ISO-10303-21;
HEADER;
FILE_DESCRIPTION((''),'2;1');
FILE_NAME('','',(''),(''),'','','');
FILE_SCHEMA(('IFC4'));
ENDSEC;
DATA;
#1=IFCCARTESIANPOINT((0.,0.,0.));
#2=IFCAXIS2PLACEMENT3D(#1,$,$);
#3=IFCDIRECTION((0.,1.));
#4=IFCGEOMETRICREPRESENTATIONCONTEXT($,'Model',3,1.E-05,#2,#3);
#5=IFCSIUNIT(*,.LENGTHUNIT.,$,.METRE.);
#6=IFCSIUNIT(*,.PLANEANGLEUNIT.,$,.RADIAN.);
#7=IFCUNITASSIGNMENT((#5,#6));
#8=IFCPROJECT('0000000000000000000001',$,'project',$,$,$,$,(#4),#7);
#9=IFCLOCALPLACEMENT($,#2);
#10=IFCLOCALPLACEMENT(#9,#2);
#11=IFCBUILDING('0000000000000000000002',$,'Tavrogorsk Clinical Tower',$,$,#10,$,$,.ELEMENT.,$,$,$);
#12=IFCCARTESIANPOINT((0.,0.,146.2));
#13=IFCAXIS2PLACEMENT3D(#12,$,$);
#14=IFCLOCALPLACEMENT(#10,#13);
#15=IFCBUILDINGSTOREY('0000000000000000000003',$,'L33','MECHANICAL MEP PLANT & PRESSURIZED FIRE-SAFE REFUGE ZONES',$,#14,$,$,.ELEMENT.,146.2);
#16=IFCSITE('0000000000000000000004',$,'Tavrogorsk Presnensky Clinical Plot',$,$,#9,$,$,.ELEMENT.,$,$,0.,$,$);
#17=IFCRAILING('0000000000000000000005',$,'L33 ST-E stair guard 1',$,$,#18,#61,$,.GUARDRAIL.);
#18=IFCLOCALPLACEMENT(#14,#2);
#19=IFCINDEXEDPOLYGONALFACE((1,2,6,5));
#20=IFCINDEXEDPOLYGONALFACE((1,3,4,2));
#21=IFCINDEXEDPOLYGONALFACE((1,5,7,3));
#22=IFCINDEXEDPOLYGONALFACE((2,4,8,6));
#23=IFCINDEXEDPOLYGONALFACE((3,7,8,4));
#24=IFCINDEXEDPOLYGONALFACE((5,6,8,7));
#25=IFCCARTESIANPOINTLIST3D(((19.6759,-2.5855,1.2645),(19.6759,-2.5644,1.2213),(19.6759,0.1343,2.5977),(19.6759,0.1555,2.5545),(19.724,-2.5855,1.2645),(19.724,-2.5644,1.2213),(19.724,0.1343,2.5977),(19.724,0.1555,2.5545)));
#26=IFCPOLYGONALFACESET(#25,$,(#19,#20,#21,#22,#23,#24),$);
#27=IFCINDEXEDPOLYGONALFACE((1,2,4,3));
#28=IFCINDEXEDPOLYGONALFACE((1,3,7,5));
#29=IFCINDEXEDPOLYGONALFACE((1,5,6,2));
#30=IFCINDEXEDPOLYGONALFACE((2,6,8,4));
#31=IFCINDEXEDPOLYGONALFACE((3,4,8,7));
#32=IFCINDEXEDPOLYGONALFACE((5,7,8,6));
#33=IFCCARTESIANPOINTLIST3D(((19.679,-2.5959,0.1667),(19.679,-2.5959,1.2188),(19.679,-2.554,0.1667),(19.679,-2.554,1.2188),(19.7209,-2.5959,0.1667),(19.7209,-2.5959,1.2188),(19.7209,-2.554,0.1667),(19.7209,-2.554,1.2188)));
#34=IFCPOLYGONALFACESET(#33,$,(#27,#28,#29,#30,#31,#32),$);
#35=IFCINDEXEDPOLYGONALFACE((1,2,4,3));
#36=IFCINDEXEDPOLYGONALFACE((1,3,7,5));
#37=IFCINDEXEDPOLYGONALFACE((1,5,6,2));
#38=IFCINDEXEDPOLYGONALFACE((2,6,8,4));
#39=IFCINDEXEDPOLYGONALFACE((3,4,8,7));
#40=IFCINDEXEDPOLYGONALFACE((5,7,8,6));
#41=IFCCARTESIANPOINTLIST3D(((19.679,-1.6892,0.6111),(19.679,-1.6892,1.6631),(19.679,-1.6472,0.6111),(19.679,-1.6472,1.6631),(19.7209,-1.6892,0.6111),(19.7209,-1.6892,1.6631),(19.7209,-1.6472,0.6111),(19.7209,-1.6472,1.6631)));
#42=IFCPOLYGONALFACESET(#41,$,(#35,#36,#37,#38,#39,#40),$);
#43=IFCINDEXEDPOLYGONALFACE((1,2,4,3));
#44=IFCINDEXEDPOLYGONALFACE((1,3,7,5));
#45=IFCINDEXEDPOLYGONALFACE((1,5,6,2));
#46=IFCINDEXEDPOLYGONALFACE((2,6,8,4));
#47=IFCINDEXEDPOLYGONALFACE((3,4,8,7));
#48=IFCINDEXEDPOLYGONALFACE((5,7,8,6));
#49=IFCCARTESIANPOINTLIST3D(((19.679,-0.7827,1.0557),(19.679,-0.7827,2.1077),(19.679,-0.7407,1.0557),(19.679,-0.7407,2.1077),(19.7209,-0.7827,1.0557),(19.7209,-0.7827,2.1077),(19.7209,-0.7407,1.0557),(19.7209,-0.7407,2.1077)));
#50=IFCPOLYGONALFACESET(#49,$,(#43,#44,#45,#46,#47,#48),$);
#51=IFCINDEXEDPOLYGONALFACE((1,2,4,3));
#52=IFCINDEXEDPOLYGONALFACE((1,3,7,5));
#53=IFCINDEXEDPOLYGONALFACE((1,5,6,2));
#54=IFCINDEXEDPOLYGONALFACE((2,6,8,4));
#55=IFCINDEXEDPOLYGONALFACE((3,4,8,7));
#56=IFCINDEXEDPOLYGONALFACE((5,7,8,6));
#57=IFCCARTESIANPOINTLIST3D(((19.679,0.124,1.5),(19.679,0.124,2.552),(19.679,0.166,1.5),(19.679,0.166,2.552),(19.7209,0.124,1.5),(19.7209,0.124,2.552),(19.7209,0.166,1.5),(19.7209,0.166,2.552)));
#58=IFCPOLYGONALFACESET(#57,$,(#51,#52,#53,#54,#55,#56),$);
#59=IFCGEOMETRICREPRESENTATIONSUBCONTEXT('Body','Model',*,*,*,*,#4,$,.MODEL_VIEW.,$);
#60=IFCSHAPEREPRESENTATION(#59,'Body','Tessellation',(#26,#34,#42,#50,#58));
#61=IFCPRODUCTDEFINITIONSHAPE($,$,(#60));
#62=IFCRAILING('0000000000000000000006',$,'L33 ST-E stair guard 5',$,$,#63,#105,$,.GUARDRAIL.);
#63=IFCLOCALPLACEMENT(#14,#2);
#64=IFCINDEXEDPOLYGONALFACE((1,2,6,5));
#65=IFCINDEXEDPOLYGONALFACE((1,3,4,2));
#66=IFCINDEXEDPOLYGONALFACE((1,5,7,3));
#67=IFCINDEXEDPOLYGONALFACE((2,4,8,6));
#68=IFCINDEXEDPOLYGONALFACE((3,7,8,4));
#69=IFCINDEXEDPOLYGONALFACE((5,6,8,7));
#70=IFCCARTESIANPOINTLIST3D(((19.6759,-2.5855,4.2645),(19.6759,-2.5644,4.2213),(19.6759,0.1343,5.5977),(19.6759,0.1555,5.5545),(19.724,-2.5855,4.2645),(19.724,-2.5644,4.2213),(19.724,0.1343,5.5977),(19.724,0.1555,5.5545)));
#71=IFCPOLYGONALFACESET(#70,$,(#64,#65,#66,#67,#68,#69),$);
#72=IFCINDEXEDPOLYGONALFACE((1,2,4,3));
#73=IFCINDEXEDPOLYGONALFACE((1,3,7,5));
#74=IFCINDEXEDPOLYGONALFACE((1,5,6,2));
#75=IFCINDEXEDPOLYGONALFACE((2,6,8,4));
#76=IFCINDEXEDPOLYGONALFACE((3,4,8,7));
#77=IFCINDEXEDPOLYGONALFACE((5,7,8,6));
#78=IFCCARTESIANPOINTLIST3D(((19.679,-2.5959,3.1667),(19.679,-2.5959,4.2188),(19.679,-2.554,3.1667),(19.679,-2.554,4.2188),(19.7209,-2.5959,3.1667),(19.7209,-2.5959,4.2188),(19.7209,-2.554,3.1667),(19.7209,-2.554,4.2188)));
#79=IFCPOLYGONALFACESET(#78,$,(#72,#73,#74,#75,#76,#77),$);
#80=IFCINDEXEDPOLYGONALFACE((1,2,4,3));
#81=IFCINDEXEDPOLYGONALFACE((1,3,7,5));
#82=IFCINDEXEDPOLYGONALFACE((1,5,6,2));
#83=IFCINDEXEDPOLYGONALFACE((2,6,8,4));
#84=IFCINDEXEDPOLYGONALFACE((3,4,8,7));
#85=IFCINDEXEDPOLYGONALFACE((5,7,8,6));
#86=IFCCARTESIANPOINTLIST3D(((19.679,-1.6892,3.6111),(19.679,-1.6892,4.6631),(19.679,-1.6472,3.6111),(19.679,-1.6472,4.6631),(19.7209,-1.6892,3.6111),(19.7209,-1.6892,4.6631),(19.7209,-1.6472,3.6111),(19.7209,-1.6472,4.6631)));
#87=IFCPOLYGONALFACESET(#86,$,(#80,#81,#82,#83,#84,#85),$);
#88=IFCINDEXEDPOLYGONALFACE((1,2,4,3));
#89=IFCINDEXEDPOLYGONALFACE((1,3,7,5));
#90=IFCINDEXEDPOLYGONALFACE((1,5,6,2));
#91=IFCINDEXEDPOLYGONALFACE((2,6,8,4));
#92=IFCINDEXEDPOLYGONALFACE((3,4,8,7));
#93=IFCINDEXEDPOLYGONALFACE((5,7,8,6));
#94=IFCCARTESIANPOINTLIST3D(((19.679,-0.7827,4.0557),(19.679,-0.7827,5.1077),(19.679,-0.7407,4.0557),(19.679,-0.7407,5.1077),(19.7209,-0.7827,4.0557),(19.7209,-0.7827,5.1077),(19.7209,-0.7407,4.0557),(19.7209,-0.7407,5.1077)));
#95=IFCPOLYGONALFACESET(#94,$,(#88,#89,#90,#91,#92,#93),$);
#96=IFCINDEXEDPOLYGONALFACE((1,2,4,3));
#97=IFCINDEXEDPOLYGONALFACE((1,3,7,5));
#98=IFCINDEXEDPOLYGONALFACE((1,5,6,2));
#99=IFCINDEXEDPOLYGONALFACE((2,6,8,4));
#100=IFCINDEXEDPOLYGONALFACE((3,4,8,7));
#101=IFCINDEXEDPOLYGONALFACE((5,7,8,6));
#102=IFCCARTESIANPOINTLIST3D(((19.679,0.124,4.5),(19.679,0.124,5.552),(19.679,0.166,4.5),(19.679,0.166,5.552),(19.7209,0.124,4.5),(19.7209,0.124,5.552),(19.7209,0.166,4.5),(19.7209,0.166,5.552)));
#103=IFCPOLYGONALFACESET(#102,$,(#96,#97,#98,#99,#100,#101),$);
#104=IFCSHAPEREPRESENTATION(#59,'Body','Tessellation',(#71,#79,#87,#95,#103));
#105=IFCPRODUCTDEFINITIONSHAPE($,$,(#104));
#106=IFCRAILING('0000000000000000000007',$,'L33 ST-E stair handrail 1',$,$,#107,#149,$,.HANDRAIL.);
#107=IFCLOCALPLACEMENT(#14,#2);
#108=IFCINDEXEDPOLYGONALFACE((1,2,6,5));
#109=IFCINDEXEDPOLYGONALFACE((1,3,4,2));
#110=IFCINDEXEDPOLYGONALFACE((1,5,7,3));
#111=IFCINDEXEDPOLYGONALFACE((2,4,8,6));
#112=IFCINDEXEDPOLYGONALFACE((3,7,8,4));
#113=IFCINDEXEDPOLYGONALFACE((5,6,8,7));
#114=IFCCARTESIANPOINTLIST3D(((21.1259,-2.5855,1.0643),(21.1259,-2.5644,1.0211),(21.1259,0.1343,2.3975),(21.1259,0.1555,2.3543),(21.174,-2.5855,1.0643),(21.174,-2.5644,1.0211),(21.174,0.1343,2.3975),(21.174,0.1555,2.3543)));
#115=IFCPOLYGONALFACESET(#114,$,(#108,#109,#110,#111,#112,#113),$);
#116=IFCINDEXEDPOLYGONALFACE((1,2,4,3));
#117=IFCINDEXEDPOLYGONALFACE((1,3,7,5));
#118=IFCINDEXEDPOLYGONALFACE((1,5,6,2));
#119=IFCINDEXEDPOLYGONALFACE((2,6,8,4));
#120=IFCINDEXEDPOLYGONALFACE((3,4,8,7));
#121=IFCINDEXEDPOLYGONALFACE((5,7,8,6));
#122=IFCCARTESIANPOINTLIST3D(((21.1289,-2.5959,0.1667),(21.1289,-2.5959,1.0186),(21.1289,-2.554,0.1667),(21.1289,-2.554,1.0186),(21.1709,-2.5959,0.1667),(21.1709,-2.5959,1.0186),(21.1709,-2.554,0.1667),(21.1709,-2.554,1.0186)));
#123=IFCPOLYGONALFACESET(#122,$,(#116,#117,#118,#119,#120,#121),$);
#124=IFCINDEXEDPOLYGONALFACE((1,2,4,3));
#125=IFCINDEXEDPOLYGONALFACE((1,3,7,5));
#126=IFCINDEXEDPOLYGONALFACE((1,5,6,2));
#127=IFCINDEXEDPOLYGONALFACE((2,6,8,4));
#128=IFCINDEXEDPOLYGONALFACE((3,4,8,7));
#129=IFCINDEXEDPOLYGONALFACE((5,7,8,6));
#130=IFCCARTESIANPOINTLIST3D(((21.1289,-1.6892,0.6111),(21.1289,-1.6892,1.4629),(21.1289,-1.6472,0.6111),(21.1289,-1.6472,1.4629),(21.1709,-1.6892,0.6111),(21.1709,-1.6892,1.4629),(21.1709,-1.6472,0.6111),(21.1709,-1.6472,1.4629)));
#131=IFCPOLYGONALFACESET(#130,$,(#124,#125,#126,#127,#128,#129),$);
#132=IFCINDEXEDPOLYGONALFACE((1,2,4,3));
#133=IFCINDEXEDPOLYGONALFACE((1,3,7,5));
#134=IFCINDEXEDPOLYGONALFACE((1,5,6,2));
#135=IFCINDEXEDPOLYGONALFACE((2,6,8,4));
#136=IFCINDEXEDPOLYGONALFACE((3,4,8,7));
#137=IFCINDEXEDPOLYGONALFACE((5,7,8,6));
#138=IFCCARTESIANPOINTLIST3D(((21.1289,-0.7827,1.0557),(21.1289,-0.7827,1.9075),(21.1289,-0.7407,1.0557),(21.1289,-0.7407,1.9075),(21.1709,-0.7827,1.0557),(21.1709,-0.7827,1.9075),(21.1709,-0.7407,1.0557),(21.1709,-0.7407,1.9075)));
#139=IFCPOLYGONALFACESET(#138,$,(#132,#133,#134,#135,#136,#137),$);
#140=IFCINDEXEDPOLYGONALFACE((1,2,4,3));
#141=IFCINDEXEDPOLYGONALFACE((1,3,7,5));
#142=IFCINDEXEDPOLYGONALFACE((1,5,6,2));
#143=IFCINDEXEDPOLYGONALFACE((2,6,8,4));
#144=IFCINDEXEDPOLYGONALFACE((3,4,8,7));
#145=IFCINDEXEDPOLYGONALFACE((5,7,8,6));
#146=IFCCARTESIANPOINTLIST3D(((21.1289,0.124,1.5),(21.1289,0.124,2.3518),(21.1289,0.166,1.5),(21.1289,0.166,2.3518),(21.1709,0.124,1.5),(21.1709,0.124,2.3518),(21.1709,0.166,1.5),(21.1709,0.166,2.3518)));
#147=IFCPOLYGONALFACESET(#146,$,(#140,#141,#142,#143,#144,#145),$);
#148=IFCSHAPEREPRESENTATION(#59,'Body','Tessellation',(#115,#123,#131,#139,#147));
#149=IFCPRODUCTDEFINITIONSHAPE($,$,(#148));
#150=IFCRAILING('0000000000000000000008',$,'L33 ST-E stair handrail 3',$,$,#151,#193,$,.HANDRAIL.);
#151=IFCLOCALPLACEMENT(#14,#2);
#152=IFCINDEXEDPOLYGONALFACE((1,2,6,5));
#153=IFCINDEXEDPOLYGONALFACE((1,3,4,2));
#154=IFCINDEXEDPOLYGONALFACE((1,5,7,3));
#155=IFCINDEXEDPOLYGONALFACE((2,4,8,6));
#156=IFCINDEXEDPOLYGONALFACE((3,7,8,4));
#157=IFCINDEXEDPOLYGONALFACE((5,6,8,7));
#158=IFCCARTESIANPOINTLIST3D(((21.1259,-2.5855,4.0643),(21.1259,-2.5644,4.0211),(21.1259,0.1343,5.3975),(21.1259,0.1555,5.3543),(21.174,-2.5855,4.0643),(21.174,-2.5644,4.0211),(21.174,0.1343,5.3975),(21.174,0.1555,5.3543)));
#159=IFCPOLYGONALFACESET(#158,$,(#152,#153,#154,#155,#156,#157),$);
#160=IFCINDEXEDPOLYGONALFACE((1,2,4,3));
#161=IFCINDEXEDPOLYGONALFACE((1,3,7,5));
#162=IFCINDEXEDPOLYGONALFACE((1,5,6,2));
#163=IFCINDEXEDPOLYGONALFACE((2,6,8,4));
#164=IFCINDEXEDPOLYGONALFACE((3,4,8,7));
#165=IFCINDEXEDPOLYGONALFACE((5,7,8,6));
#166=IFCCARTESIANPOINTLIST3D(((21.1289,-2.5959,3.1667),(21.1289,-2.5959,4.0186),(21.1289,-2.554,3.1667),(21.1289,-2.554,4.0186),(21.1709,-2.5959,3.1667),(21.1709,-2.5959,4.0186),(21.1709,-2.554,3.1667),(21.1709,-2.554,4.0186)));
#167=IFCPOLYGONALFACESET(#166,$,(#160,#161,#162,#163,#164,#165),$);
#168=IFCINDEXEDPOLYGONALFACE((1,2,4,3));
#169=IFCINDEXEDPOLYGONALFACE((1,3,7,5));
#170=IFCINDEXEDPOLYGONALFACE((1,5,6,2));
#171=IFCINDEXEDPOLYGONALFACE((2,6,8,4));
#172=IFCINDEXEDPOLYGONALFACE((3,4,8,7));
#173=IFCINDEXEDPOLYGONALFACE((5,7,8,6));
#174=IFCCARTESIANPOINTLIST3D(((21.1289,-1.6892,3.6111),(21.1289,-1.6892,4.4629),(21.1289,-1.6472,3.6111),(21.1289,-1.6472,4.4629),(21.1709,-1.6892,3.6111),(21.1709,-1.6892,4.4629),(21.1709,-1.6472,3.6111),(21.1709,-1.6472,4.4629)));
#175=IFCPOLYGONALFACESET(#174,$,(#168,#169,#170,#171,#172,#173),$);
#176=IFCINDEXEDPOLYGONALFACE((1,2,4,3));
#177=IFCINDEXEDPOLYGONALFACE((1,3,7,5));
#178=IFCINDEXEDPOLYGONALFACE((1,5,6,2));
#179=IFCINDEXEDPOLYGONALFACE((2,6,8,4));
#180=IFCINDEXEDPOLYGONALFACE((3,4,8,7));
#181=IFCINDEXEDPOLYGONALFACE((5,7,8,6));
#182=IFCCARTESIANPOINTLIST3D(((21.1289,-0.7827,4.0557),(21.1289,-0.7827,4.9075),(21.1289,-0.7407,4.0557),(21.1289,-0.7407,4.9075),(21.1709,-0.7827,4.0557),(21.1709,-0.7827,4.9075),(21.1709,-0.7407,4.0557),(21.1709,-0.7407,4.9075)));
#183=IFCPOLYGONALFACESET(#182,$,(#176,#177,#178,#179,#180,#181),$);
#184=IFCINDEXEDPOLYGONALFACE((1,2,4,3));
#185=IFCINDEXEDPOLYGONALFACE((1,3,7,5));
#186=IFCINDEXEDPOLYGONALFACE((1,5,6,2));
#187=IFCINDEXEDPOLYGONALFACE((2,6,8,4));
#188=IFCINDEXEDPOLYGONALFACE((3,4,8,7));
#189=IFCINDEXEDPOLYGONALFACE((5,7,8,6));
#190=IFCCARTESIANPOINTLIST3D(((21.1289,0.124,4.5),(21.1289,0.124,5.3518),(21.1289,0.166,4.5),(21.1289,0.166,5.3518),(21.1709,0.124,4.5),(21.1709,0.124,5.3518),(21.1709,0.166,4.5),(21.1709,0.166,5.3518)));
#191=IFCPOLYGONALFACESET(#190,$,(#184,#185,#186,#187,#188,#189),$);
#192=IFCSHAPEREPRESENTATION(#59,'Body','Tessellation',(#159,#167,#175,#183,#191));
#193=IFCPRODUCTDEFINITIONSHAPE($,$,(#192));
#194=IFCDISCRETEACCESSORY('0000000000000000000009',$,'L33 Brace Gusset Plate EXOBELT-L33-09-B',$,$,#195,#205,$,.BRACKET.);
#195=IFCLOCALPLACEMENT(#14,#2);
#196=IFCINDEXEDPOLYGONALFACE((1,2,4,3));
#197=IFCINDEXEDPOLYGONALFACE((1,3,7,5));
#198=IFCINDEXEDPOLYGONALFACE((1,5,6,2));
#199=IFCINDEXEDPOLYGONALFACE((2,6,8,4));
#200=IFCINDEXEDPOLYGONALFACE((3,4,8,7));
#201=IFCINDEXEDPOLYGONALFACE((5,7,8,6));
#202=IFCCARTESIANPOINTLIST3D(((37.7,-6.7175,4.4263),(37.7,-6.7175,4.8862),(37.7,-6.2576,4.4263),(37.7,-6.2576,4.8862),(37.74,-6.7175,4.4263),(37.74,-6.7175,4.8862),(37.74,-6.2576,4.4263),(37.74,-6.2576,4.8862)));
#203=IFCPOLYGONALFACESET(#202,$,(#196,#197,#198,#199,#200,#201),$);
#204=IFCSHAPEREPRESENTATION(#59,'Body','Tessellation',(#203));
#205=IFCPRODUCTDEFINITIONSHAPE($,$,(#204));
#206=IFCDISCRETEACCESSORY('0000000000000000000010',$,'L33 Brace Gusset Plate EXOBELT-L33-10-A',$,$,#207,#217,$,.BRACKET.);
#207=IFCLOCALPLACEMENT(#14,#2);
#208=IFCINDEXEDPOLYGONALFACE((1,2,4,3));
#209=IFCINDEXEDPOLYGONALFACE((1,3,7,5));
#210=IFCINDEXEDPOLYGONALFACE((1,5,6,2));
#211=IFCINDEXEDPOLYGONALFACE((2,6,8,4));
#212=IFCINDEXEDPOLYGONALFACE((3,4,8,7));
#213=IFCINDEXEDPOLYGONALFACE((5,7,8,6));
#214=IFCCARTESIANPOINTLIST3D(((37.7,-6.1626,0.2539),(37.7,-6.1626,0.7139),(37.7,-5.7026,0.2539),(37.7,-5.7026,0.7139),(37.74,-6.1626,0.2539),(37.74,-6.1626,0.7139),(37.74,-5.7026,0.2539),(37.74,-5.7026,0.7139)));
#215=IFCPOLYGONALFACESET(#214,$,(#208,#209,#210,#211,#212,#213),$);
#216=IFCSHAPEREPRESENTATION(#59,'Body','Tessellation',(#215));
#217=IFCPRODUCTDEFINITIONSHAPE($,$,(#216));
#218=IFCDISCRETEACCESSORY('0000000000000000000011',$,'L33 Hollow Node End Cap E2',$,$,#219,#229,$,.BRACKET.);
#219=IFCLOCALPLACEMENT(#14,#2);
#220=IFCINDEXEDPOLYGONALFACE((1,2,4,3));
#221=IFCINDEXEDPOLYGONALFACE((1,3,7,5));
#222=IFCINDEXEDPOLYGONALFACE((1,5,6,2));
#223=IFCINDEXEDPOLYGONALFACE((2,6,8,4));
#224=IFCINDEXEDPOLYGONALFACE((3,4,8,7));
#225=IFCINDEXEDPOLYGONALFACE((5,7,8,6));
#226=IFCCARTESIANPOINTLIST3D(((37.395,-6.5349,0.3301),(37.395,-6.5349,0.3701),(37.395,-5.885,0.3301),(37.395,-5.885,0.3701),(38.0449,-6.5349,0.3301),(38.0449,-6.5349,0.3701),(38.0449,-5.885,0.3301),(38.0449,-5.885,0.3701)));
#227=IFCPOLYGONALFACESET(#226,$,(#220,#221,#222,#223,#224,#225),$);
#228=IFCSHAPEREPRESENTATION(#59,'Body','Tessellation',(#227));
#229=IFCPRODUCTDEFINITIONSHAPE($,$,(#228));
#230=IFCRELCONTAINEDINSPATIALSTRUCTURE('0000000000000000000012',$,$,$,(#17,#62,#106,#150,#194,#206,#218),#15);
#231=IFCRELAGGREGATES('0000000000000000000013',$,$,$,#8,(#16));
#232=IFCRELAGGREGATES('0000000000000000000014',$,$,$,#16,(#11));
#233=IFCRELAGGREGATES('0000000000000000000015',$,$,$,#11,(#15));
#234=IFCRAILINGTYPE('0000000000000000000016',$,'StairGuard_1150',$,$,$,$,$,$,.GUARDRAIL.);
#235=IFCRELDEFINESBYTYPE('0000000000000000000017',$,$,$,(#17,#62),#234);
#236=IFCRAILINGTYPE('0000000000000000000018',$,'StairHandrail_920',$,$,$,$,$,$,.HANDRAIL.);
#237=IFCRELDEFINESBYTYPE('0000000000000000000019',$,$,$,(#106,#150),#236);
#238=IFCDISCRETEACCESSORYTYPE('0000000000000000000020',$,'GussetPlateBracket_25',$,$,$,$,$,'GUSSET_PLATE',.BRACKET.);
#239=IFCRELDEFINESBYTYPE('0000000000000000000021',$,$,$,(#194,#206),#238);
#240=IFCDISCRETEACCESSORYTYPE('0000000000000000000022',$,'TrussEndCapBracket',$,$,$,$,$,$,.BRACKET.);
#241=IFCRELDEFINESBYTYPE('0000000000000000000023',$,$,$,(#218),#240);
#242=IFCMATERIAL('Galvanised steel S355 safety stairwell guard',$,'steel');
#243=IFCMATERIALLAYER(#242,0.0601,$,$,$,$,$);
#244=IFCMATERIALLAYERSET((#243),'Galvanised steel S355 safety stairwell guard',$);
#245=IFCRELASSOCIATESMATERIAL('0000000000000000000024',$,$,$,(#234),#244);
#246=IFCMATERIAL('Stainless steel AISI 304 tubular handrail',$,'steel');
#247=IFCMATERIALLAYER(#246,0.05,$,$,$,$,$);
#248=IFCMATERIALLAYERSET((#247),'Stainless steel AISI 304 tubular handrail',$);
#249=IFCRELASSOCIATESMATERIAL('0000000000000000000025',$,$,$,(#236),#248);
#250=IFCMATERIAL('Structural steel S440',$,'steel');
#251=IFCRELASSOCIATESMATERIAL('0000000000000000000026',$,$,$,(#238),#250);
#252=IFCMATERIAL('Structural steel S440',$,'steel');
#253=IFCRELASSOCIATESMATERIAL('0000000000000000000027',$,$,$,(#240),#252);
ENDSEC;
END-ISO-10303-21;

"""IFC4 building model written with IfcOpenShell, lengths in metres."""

from ifc_helpers import new_model, si_unit, direction, frame, origin, origin_2d, place, context, subcontext, project, spatial, rectangle, extrude, material, layer, layer_set, type_object, element, save


model = new_model("IFC4")

# Units and contexts
model_context = context("Model", 3, precision=1e-05, world=origin(), true_north=direction((0.0, 1.0)))
body_context = subcontext(model_context, "Body", "Model", "MODEL_VIEW")
ifc_project = project(units=[si_unit("LENGTHUNIT", "METRE"), si_unit("PLANEANGLEUNIT", "RADIAN")], contexts=[model_context])

# Site, building, storey
site_placement = place(None, origin())
site = spatial("IfcSite", under=ifc_project, at=site_placement, Name="Tavrogorsk Presnensky Clinical Plot", CompositionType="ELEMENT", RefElevation=0.0)
building_placement = place(site_placement, origin())
building = spatial("IfcBuilding", under=site, at=building_placement, Name="Tavrogorsk Clinical Tower", CompositionType="ELEMENT")
storey_placement = place(building_placement, frame((0.0, 0.0, 146.2)))
storey = spatial("IfcBuildingStorey", under=building, at=storey_placement, Name="L33", Description="MECHANICAL MEP PLANT & PRESSURIZED FIRE-SAFE REFUGE ZONES", CompositionType="ELEMENT", Elevation=146.2)

# Railings
ifc_material_1 = material(Name="Galvanised steel S355 safety stairwell guard", Category="steel")
ifc_layer_1 = layer(ifc_material_1, 0.0601)
ifc_layer_set_1 = layer_set([ifc_layer_1], Name="Galvanised steel S355 safety stairwell guard")
railing_type_1 = type_object("IfcRailingType", Name="StairGuard_1150", PredefinedType="GUARDRAIL", material=ifc_layer_set_1)
for number, where, name in (
    (1, (19.7, -2.575, 0.1667), "L33 ST-E stair guard 1"),
    (2, (19.7, -2.575, 3.1667), "L33 ST-E stair guard 5"),
):
    element("IfcRailing", number, at=place(storey_placement, frame(where)), inside=storey, type_object=railing_type_1, Name=name, PredefinedType="GUARDRAIL", context=body_context, shape_type="SweptSolid", body=[
        extrude(rectangle(XDim=0.0481, YDim=0.0481, at=origin_2d()), frame((0.0, 0.0, 1.0762), z_axis=(0.0, 0.897929, 0.440139), x_axis=(-1.0, 0.0, 0.0)), (0.0, 0.0, 1.0), 3.0291),
        extrude(rectangle(XDim=0.042, YDim=0.042, at=origin_2d()), origin(), (0.0, 0.0, 1.0), 1.052),
        extrude(rectangle(XDim=0.042, YDim=0.042, at=origin_2d()), frame((0.0, 0.9067, 0.4443)), (0.0, 0.0, 1.0), 1.052),
        extrude(rectangle(XDim=0.042, YDim=0.042, at=origin_2d()), frame((0.0, 1.8132, 0.8889)), (0.0, 0.0, 1.0), 1.052),
        extrude(rectangle(XDim=0.042, YDim=0.042, at=origin_2d()), frame((0.0, 2.72, 1.3333)), (0.0, 0.0, 1.0), 1.052),
    ])
ifc_material_2 = material(Name="Stainless steel AISI 304 tubular handrail", Category="steel")
ifc_layer_2 = layer(ifc_material_2, 0.05)
ifc_layer_set_2 = layer_set([ifc_layer_2], Name="Stainless steel AISI 304 tubular handrail")
railing_type_2 = type_object("IfcRailingType", Name="StairHandrail_920", PredefinedType="HANDRAIL", material=ifc_layer_set_2)
for number, where, name in (
    (3, (21.1499, -2.575, 0.1667), "L33 ST-E stair handrail 1"),
    (4, (21.1499, -2.575, 3.1667), "L33 ST-E stair handrail 3"),
):
    element("IfcRailing", number, at=place(storey_placement, frame(where)), inside=storey, type_object=railing_type_2, Name=name, PredefinedType="HANDRAIL", context=body_context, shape_type="SweptSolid", body=[
        extrude(rectangle(XDim=0.0481, YDim=0.0481, at=origin_2d()), frame((0.0, 0.0, 0.876), z_axis=(0.0, 0.897929, 0.440139), x_axis=(-1.0, 0.0, 0.0)), (0.0, 0.0, 1.0), 3.0291),
        extrude(rectangle(XDim=0.042, YDim=0.042, at=origin_2d()), origin(), (0.0, 0.0, 1.0), 0.8518),
        extrude(rectangle(XDim=0.042, YDim=0.042, at=origin_2d()), frame((0.0, 0.9067, 0.4443)), (0.0, 0.0, 1.0), 0.8518),
        extrude(rectangle(XDim=0.042, YDim=0.042, at=origin_2d()), frame((0.0, 1.8132, 0.8889)), (0.0, 0.0, 1.0), 0.8518),
        extrude(rectangle(XDim=0.042, YDim=0.042, at=origin_2d()), frame((0.0, 2.72, 1.3333)), (0.0, 0.0, 1.0), 0.8518),
    ])

# Discrete accessories
ifc_material_3 = material(Name="Structural steel S440", Category="steel")
discrete_accessory_type_1 = type_object("IfcDiscreteAccessoryType", Name="GussetPlateBracket_25", ElementType="GUSSET_PLATE", PredefinedType="BRACKET", material=ifc_material_3)
for number, where, z_axis, x_axis, name in (
    (5, (37.72, -6.4875, 4.4263), (0.0, 0.0, 1.0), (0.0, 1.0, 0.0), "L33 Brace Gusset Plate EXOBELT-L33-09-B"),
    (6, (37.72, -5.9326, 0.2539), (0.0, 0.0, 1.0), (0.0, 1.0, 0.0), "L33 Brace Gusset Plate EXOBELT-L33-10-A"),
):
    element("IfcDiscreteAccessory", number, at=place(storey_placement, frame(where, z_axis=z_axis, x_axis=x_axis)), inside=storey, type_object=discrete_accessory_type_1, Name=name, PredefinedType="BRACKET", context=body_context, shape_type="SweptSolid", body=[
        extrude(rectangle(XDim=0.46, YDim=0.04, at=origin_2d()), origin(), (0.0, 0.0, 1.0), 0.46),
    ])
ifc_material_4 = material(Name="Structural steel S440", Category="steel")
discrete_accessory_type_2 = type_object("IfcDiscreteAccessoryType", Name="TrussEndCapBracket", PredefinedType="BRACKET", material=ifc_material_4)
discrete_accessory_placement = place(storey_placement, frame((37.72, -6.21, 0.3301), z_axis=(0.0, 0.0, 1.0), x_axis=(1.0, 0.0, 0.0)))
element("IfcDiscreteAccessory", 7, at=discrete_accessory_placement, inside=storey, type_object=discrete_accessory_type_2, Name="L33 Hollow Node End Cap E2", PredefinedType="BRACKET", context=body_context, shape_type="SweptSolid", body=[
    extrude(rectangle(XDim=0.6499, YDim=0.6499, at=origin_2d()), origin(), (0.0, 0.0, 1.0), 0.04),
])

save(model, "model.ifc")
